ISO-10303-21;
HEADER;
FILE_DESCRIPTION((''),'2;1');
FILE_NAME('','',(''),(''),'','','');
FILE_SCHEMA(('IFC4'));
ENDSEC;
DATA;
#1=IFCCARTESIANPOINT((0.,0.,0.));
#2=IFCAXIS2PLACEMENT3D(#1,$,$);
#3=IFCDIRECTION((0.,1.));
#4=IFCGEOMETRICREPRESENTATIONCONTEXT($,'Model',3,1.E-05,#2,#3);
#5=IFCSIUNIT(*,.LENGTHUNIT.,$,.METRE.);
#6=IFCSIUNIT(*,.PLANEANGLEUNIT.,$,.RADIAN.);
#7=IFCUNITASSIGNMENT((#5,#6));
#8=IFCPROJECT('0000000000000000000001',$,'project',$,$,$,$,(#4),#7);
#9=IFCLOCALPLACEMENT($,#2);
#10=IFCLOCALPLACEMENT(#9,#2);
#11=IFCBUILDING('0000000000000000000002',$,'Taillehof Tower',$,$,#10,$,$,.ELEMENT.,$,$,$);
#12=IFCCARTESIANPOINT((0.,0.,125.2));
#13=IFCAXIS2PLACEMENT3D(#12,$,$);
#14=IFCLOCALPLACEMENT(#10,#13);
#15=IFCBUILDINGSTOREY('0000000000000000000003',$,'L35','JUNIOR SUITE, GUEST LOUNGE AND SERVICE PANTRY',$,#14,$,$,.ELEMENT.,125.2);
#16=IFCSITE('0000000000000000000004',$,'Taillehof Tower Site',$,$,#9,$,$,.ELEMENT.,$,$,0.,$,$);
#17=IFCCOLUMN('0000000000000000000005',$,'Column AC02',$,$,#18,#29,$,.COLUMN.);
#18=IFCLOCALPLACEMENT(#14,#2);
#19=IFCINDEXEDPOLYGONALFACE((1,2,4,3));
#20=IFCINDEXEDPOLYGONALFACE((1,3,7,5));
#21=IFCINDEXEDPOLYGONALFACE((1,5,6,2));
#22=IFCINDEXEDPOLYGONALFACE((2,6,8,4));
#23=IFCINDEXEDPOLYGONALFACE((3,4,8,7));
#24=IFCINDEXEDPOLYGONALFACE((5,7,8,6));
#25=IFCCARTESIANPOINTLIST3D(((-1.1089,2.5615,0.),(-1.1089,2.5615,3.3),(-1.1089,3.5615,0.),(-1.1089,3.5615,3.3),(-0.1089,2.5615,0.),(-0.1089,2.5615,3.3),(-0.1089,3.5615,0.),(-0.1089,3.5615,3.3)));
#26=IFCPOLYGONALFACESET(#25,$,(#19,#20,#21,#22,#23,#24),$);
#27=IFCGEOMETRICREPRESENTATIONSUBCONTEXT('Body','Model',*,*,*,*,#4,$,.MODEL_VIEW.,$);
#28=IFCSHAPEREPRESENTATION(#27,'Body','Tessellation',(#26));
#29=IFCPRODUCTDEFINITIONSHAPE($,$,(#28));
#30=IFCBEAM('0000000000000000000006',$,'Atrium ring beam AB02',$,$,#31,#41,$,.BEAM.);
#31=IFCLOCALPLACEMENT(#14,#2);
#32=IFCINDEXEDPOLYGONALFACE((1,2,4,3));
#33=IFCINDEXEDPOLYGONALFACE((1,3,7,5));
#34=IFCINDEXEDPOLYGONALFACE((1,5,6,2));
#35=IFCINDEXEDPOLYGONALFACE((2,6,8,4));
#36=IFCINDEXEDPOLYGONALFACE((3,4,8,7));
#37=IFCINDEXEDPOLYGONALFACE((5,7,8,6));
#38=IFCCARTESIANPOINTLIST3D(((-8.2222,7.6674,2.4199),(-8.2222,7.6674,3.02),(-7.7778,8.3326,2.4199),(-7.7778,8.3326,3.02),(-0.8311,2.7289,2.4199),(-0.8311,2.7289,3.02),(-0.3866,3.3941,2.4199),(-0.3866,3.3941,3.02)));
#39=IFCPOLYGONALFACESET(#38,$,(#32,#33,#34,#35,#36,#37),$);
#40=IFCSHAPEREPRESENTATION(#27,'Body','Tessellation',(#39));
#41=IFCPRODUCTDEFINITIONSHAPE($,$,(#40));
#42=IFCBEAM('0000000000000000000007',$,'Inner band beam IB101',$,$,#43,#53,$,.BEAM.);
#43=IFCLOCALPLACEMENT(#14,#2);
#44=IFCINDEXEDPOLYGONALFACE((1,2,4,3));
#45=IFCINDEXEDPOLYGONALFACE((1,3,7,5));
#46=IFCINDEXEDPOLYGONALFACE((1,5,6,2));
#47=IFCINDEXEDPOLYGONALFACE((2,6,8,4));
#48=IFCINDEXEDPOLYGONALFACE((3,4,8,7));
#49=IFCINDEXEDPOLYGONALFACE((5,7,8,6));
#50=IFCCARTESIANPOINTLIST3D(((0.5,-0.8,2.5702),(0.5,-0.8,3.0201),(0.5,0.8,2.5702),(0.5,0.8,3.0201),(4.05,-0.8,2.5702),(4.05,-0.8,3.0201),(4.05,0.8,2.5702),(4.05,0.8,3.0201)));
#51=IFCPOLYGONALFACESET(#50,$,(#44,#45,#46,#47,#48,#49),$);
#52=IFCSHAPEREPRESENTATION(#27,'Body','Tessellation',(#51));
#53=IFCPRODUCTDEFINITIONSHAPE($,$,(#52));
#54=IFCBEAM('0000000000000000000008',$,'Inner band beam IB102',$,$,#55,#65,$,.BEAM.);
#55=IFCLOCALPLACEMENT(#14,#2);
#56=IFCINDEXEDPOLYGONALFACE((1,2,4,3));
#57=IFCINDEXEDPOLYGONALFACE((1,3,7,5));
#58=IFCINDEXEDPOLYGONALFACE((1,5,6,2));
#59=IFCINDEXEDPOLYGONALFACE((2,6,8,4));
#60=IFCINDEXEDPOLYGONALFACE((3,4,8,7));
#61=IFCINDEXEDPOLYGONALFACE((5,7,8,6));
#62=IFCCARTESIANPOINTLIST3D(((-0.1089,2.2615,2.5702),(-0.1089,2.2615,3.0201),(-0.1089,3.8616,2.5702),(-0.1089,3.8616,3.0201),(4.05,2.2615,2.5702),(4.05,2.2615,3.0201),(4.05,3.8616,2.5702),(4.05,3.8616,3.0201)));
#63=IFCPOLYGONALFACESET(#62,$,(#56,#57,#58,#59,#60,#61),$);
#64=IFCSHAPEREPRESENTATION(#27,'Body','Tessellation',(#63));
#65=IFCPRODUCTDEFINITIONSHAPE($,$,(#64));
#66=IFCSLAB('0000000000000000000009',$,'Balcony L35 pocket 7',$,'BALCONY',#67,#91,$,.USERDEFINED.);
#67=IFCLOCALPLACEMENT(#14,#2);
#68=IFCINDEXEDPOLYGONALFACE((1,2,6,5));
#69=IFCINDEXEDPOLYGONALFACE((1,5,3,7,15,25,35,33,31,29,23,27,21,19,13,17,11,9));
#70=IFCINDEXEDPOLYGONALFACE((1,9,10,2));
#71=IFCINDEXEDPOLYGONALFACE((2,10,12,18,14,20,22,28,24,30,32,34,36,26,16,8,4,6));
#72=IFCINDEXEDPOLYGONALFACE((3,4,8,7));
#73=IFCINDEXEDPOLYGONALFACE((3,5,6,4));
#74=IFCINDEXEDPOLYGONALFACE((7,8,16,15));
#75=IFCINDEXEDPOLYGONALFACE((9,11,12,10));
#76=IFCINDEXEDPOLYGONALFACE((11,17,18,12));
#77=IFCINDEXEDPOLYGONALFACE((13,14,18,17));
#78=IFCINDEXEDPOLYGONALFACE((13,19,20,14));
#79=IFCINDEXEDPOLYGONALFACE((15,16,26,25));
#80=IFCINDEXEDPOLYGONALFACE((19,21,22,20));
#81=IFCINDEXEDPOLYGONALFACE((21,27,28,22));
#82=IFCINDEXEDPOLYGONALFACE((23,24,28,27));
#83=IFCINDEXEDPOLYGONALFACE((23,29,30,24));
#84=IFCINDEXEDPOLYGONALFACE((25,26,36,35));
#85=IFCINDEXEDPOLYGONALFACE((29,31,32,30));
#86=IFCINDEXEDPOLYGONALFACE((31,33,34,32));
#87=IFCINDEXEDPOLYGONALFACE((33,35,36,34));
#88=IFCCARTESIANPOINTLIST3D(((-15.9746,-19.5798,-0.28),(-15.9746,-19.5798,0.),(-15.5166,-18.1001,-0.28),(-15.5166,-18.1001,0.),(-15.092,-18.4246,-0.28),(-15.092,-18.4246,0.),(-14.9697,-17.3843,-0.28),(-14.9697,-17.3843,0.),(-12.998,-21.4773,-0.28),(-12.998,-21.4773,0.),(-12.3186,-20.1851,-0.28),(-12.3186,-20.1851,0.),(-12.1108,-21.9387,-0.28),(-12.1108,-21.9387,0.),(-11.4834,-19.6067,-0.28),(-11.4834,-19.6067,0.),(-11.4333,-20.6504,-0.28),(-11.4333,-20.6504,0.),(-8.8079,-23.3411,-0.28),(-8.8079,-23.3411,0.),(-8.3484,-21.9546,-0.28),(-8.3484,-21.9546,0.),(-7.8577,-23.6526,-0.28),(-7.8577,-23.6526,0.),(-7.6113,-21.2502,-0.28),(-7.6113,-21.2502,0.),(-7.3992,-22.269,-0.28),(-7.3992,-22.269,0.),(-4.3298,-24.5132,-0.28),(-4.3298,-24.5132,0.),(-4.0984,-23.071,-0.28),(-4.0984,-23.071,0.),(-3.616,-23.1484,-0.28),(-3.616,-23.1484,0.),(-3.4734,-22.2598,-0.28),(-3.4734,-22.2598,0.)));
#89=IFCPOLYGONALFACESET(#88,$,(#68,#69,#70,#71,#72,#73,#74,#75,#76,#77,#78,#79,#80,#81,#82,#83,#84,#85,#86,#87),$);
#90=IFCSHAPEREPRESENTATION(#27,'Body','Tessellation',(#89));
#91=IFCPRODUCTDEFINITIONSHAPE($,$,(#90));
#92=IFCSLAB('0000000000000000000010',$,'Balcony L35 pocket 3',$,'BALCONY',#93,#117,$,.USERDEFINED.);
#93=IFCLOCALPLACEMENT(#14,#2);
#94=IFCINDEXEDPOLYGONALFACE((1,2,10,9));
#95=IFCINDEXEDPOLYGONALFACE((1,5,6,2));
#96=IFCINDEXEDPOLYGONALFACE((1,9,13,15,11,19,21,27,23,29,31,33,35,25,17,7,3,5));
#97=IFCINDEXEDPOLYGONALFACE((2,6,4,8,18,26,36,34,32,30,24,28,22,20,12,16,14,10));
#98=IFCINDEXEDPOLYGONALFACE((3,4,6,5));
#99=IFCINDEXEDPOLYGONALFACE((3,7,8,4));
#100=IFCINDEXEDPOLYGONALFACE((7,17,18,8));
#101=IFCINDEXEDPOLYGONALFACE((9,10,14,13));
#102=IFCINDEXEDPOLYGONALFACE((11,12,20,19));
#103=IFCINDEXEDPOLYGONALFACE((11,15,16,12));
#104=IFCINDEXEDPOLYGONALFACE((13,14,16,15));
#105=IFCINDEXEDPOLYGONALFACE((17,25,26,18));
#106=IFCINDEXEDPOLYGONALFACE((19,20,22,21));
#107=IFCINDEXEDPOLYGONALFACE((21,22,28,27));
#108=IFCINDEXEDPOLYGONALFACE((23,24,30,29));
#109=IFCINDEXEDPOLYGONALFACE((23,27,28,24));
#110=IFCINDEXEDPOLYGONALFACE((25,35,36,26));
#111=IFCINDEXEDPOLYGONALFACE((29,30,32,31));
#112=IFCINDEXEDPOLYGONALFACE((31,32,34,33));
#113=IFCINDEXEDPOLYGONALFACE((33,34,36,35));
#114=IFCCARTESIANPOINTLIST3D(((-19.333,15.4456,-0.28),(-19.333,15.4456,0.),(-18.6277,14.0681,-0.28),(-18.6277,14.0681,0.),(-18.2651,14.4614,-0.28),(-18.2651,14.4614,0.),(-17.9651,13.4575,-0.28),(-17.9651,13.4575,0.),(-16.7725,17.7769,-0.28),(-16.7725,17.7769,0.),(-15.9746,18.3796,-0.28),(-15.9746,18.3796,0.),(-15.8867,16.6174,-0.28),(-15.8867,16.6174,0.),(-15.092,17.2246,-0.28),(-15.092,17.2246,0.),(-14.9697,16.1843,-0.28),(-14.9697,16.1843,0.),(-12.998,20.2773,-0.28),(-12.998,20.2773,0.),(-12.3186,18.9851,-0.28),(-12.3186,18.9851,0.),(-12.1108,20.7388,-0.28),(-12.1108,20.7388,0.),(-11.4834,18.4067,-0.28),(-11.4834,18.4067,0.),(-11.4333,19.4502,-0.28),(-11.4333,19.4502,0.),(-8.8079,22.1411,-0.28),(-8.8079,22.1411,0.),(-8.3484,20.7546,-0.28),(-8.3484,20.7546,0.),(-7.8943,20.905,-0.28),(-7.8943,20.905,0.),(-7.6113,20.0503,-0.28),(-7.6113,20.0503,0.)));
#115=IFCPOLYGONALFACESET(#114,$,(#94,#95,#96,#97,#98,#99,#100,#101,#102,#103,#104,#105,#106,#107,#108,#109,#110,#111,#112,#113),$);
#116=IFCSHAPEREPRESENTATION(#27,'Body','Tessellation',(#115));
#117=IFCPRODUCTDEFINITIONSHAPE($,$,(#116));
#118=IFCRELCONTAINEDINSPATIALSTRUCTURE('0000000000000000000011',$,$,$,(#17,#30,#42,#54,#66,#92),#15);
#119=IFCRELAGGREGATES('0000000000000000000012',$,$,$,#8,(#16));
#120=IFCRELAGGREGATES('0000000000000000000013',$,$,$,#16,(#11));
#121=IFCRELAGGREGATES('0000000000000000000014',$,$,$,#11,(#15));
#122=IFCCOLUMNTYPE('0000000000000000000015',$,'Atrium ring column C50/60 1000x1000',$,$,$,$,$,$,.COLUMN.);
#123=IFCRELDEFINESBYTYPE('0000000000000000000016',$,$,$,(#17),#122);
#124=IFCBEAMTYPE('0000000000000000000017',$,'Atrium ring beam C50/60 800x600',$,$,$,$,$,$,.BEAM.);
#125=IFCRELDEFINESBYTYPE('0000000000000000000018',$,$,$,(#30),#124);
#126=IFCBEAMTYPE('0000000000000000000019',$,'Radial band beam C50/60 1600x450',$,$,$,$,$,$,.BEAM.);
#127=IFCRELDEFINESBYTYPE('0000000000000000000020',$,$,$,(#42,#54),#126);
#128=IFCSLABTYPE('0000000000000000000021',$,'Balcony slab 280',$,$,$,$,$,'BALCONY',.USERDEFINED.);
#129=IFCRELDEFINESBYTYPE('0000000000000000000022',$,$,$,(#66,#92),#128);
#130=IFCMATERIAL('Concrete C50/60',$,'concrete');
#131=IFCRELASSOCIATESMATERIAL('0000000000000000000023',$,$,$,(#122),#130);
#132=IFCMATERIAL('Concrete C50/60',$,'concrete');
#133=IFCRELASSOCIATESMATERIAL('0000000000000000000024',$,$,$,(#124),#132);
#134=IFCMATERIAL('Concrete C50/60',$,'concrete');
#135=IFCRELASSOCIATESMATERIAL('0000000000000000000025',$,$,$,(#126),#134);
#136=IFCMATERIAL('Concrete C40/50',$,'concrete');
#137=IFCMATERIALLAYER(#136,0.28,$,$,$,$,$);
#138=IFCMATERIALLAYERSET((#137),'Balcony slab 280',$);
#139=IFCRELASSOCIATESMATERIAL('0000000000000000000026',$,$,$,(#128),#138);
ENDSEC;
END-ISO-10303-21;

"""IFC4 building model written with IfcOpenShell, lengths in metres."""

from ifc_helpers import new_model, si_unit, direction, frame, origin, origin_2d, place, context, subcontext, project, spatial, polyline, rectangle, outline, extrude, material, layer, layer_set, material_profile, profile_set, type_object, element, save


model = new_model("IFC4")

# Units and contexts
model_context = context("Model", 3, precision=1e-05, world=origin(), true_north=direction((0.0, 1.0)))
body_context = subcontext(model_context, "Body", "Model", "MODEL_VIEW")
ifc_project = project(units=[si_unit("LENGTHUNIT", "METRE"), si_unit("PLANEANGLEUNIT", "RADIAN")], contexts=[model_context])

# Site, building, storey
site_placement = place(None, origin())
site = spatial("IfcSite", under=ifc_project, at=site_placement, Name="Taillehof Tower Site", CompositionType="ELEMENT", RefElevation=0.0)
building_placement = place(site_placement, origin())
building = spatial("IfcBuilding", under=site, at=building_placement, Name="Taillehof Tower", CompositionType="ELEMENT")
storey_placement = place(building_placement, frame((0.0, 0.0, 125.2)))
storey = spatial("IfcBuildingStorey", under=building, at=storey_placement, Name="L35", Description="JUNIOR SUITE, GUEST LOUNGE AND SERVICE PANTRY", CompositionType="ELEMENT", Elevation=125.2)

# Column
ifc_material_1 = material(Name="Concrete C50/60", Category="concrete")
ifc_material_profile_1 = material_profile(ifc_material_1, rectangle(XDim=1.0, YDim=1.0, at=origin_2d()), Name="RC 1000x1000")
ifc_profile_set_1 = profile_set([ifc_material_profile_1], Name="Concrete C50/60")
column_type = type_object("IfcColumnType", Name="Atrium ring column C50/60 1000x1000", PredefinedType="COLUMN", material=ifc_profile_set_1)
column_placement = place(storey_placement, frame((-0.6089, 3.0615, 0.0), z_axis=(0.0, 0.0, 1.0), x_axis=(1.0, 0.0, 0.0)))
element("IfcColumn", 1, at=column_placement, inside=storey, type_object=column_type, Name="Column AC02", PredefinedType="COLUMN", context=body_context, shape_type="SweptSolid", body=[
    extrude(rectangle(XDim=1.0, YDim=1.0, at=origin_2d()), origin(), (0.0, 0.0, 1.0), 3.3),
])

# Beams
ifc_material_2 = material(Name="Concrete C50/60", Category="concrete")
ifc_material_profile_2 = material_profile(ifc_material_2, rectangle(XDim=0.8, YDim=0.6001, at=origin_2d()), Name="RC 800x600")
ifc_profile_set_2 = profile_set([ifc_material_profile_2], Name="Concrete C50/60")
beam_type_1 = type_object("IfcBeamType", Name="Atrium ring beam C50/60 800x600", PredefinedType="BEAM", material=ifc_profile_set_2)
beam_1_placement = place(storey_placement, frame((-0.6089, 3.0615, 2.72), z_axis=(-0.831475, 0.555562, 0.0), x_axis=(-0.555562, -0.831475, 0.0)))
element("IfcBeam", 2, at=beam_1_placement, inside=storey, type_object=beam_type_1, Name="Atrium ring beam AB02", PredefinedType="BEAM", context=body_context, shape_type="SweptSolid", body=[
    extrude(rectangle(XDim=0.8, YDim=0.6001, at=origin_2d()), origin(), (0.0, 0.0, 1.0), 8.8892),
])
ifc_material_3 = material(Name="Concrete C50/60", Category="concrete")
ifc_material_profile_3 = material_profile(ifc_material_3, rectangle(XDim=1.6001, YDim=0.45, at=origin_2d()), Name="RC 1600x450")
ifc_profile_set_3 = profile_set([ifc_material_profile_3], Name="Concrete C50/60")
beam_type_2 = type_object("IfcBeamType", Name="Radial band beam C50/60 1600x450", PredefinedType="BEAM", material=ifc_profile_set_3)
beam_2_placement = place(storey_placement, frame((0.5, 0.0, 2.7952), z_axis=(1.0, 0.0, 0.0), x_axis=(0.0, 1.0, 0.0)))
element("IfcBeam", 3, at=beam_2_placement, inside=storey, type_object=beam_type_2, Name="Inner band beam IB101", PredefinedType="BEAM", context=body_context, shape_type="SweptSolid", body=[
    extrude(rectangle(XDim=1.6001, YDim=0.45, at=origin_2d()), origin(), (0.0, 0.0, 1.0), 3.55),
])
beam_3_placement = place(storey_placement, frame((-0.1089, 3.0615, 2.7952), z_axis=(1.0, 0.0, 0.0), x_axis=(0.0, 1.0, 0.0)))
element("IfcBeam", 4, at=beam_3_placement, inside=storey, type_object=beam_type_2, Name="Inner band beam IB102", PredefinedType="BEAM", context=body_context, shape_type="SweptSolid", body=[
    extrude(rectangle(XDim=1.6001, YDim=0.45, at=origin_2d()), origin(), (0.0, 0.0, 1.0), 4.1589),
])

# Slabs
ifc_material_4 = material(Name="Concrete C40/50", Category="concrete")
ifc_layer_1 = layer(ifc_material_4, 0.28)
ifc_layer_set_1 = layer_set([ifc_layer_1], Name="Balcony slab 280")
slab_type_1 = type_object("IfcSlabType", Name="Balcony slab 280", ElementType="BALCONY", PredefinedType="USERDEFINED", material=ifc_layer_set_1)
slab_1_placement = place(storey_placement, frame((0.0, 0.0, -0.28)))
element("IfcSlab", 5, at=slab_1_placement, inside=storey, type_object=slab_type_1, Name="Balcony L35 pocket 7", ObjectType="BALCONY", PredefinedType="USERDEFINED", context=body_context, shape_type="SweptSolid", body=[
    extrude(outline(polyline([(-3.4734, -22.2598), (-3.616, -23.1484), (-4.0984, -23.071), (-4.3298, -24.5132), (-7.8577, -23.6526), (-7.3992, -22.269), (-8.3484, -21.9546), (-8.8079, -23.3411), (-12.1108, -21.9387), (-11.4333, -20.6504), (-12.3186, -20.1851), (-12.998, -21.4773), (-15.9746, -19.5798), (-15.092, -18.4246), (-15.5166, -18.1001), (-14.9697, -17.3843), (-11.4834, -19.6067), (-7.6113, -21.2502), (-3.4734, -22.2598)])), origin(), (0.0, 0.0, 1.0), 0.28),
])
slab_2_placement = place(storey_placement, frame((0.0, 0.0, -0.28)))
element("IfcSlab", 6, at=slab_2_placement, inside=storey, type_object=slab_type_1, Name="Balcony L35 pocket 3", ObjectType="BALCONY", PredefinedType="USERDEFINED", context=body_context, shape_type="SweptSolid", body=[
    extrude(outline(polyline([(-17.9651, 13.4575), (-18.6277, 14.0681), (-18.2651, 14.4614), (-19.333, 15.4456), (-16.7725, 17.7769), (-15.8867, 16.6174), (-15.092, 17.2246), (-15.9746, 18.3796), (-12.998, 20.2773), (-12.3186, 18.9851), (-11.4333, 19.4502), (-12.1108, 20.7388), (-8.8079, 22.1411), (-8.3484, 20.7546), (-7.8943, 20.905), (-7.6113, 20.0503), (-11.4834, 18.4067), (-14.9697, 16.1843), (-17.9651, 13.4575)])), origin(), (0.0, 0.0, 1.0), 0.28),
])

save(model, "model.ifc")
